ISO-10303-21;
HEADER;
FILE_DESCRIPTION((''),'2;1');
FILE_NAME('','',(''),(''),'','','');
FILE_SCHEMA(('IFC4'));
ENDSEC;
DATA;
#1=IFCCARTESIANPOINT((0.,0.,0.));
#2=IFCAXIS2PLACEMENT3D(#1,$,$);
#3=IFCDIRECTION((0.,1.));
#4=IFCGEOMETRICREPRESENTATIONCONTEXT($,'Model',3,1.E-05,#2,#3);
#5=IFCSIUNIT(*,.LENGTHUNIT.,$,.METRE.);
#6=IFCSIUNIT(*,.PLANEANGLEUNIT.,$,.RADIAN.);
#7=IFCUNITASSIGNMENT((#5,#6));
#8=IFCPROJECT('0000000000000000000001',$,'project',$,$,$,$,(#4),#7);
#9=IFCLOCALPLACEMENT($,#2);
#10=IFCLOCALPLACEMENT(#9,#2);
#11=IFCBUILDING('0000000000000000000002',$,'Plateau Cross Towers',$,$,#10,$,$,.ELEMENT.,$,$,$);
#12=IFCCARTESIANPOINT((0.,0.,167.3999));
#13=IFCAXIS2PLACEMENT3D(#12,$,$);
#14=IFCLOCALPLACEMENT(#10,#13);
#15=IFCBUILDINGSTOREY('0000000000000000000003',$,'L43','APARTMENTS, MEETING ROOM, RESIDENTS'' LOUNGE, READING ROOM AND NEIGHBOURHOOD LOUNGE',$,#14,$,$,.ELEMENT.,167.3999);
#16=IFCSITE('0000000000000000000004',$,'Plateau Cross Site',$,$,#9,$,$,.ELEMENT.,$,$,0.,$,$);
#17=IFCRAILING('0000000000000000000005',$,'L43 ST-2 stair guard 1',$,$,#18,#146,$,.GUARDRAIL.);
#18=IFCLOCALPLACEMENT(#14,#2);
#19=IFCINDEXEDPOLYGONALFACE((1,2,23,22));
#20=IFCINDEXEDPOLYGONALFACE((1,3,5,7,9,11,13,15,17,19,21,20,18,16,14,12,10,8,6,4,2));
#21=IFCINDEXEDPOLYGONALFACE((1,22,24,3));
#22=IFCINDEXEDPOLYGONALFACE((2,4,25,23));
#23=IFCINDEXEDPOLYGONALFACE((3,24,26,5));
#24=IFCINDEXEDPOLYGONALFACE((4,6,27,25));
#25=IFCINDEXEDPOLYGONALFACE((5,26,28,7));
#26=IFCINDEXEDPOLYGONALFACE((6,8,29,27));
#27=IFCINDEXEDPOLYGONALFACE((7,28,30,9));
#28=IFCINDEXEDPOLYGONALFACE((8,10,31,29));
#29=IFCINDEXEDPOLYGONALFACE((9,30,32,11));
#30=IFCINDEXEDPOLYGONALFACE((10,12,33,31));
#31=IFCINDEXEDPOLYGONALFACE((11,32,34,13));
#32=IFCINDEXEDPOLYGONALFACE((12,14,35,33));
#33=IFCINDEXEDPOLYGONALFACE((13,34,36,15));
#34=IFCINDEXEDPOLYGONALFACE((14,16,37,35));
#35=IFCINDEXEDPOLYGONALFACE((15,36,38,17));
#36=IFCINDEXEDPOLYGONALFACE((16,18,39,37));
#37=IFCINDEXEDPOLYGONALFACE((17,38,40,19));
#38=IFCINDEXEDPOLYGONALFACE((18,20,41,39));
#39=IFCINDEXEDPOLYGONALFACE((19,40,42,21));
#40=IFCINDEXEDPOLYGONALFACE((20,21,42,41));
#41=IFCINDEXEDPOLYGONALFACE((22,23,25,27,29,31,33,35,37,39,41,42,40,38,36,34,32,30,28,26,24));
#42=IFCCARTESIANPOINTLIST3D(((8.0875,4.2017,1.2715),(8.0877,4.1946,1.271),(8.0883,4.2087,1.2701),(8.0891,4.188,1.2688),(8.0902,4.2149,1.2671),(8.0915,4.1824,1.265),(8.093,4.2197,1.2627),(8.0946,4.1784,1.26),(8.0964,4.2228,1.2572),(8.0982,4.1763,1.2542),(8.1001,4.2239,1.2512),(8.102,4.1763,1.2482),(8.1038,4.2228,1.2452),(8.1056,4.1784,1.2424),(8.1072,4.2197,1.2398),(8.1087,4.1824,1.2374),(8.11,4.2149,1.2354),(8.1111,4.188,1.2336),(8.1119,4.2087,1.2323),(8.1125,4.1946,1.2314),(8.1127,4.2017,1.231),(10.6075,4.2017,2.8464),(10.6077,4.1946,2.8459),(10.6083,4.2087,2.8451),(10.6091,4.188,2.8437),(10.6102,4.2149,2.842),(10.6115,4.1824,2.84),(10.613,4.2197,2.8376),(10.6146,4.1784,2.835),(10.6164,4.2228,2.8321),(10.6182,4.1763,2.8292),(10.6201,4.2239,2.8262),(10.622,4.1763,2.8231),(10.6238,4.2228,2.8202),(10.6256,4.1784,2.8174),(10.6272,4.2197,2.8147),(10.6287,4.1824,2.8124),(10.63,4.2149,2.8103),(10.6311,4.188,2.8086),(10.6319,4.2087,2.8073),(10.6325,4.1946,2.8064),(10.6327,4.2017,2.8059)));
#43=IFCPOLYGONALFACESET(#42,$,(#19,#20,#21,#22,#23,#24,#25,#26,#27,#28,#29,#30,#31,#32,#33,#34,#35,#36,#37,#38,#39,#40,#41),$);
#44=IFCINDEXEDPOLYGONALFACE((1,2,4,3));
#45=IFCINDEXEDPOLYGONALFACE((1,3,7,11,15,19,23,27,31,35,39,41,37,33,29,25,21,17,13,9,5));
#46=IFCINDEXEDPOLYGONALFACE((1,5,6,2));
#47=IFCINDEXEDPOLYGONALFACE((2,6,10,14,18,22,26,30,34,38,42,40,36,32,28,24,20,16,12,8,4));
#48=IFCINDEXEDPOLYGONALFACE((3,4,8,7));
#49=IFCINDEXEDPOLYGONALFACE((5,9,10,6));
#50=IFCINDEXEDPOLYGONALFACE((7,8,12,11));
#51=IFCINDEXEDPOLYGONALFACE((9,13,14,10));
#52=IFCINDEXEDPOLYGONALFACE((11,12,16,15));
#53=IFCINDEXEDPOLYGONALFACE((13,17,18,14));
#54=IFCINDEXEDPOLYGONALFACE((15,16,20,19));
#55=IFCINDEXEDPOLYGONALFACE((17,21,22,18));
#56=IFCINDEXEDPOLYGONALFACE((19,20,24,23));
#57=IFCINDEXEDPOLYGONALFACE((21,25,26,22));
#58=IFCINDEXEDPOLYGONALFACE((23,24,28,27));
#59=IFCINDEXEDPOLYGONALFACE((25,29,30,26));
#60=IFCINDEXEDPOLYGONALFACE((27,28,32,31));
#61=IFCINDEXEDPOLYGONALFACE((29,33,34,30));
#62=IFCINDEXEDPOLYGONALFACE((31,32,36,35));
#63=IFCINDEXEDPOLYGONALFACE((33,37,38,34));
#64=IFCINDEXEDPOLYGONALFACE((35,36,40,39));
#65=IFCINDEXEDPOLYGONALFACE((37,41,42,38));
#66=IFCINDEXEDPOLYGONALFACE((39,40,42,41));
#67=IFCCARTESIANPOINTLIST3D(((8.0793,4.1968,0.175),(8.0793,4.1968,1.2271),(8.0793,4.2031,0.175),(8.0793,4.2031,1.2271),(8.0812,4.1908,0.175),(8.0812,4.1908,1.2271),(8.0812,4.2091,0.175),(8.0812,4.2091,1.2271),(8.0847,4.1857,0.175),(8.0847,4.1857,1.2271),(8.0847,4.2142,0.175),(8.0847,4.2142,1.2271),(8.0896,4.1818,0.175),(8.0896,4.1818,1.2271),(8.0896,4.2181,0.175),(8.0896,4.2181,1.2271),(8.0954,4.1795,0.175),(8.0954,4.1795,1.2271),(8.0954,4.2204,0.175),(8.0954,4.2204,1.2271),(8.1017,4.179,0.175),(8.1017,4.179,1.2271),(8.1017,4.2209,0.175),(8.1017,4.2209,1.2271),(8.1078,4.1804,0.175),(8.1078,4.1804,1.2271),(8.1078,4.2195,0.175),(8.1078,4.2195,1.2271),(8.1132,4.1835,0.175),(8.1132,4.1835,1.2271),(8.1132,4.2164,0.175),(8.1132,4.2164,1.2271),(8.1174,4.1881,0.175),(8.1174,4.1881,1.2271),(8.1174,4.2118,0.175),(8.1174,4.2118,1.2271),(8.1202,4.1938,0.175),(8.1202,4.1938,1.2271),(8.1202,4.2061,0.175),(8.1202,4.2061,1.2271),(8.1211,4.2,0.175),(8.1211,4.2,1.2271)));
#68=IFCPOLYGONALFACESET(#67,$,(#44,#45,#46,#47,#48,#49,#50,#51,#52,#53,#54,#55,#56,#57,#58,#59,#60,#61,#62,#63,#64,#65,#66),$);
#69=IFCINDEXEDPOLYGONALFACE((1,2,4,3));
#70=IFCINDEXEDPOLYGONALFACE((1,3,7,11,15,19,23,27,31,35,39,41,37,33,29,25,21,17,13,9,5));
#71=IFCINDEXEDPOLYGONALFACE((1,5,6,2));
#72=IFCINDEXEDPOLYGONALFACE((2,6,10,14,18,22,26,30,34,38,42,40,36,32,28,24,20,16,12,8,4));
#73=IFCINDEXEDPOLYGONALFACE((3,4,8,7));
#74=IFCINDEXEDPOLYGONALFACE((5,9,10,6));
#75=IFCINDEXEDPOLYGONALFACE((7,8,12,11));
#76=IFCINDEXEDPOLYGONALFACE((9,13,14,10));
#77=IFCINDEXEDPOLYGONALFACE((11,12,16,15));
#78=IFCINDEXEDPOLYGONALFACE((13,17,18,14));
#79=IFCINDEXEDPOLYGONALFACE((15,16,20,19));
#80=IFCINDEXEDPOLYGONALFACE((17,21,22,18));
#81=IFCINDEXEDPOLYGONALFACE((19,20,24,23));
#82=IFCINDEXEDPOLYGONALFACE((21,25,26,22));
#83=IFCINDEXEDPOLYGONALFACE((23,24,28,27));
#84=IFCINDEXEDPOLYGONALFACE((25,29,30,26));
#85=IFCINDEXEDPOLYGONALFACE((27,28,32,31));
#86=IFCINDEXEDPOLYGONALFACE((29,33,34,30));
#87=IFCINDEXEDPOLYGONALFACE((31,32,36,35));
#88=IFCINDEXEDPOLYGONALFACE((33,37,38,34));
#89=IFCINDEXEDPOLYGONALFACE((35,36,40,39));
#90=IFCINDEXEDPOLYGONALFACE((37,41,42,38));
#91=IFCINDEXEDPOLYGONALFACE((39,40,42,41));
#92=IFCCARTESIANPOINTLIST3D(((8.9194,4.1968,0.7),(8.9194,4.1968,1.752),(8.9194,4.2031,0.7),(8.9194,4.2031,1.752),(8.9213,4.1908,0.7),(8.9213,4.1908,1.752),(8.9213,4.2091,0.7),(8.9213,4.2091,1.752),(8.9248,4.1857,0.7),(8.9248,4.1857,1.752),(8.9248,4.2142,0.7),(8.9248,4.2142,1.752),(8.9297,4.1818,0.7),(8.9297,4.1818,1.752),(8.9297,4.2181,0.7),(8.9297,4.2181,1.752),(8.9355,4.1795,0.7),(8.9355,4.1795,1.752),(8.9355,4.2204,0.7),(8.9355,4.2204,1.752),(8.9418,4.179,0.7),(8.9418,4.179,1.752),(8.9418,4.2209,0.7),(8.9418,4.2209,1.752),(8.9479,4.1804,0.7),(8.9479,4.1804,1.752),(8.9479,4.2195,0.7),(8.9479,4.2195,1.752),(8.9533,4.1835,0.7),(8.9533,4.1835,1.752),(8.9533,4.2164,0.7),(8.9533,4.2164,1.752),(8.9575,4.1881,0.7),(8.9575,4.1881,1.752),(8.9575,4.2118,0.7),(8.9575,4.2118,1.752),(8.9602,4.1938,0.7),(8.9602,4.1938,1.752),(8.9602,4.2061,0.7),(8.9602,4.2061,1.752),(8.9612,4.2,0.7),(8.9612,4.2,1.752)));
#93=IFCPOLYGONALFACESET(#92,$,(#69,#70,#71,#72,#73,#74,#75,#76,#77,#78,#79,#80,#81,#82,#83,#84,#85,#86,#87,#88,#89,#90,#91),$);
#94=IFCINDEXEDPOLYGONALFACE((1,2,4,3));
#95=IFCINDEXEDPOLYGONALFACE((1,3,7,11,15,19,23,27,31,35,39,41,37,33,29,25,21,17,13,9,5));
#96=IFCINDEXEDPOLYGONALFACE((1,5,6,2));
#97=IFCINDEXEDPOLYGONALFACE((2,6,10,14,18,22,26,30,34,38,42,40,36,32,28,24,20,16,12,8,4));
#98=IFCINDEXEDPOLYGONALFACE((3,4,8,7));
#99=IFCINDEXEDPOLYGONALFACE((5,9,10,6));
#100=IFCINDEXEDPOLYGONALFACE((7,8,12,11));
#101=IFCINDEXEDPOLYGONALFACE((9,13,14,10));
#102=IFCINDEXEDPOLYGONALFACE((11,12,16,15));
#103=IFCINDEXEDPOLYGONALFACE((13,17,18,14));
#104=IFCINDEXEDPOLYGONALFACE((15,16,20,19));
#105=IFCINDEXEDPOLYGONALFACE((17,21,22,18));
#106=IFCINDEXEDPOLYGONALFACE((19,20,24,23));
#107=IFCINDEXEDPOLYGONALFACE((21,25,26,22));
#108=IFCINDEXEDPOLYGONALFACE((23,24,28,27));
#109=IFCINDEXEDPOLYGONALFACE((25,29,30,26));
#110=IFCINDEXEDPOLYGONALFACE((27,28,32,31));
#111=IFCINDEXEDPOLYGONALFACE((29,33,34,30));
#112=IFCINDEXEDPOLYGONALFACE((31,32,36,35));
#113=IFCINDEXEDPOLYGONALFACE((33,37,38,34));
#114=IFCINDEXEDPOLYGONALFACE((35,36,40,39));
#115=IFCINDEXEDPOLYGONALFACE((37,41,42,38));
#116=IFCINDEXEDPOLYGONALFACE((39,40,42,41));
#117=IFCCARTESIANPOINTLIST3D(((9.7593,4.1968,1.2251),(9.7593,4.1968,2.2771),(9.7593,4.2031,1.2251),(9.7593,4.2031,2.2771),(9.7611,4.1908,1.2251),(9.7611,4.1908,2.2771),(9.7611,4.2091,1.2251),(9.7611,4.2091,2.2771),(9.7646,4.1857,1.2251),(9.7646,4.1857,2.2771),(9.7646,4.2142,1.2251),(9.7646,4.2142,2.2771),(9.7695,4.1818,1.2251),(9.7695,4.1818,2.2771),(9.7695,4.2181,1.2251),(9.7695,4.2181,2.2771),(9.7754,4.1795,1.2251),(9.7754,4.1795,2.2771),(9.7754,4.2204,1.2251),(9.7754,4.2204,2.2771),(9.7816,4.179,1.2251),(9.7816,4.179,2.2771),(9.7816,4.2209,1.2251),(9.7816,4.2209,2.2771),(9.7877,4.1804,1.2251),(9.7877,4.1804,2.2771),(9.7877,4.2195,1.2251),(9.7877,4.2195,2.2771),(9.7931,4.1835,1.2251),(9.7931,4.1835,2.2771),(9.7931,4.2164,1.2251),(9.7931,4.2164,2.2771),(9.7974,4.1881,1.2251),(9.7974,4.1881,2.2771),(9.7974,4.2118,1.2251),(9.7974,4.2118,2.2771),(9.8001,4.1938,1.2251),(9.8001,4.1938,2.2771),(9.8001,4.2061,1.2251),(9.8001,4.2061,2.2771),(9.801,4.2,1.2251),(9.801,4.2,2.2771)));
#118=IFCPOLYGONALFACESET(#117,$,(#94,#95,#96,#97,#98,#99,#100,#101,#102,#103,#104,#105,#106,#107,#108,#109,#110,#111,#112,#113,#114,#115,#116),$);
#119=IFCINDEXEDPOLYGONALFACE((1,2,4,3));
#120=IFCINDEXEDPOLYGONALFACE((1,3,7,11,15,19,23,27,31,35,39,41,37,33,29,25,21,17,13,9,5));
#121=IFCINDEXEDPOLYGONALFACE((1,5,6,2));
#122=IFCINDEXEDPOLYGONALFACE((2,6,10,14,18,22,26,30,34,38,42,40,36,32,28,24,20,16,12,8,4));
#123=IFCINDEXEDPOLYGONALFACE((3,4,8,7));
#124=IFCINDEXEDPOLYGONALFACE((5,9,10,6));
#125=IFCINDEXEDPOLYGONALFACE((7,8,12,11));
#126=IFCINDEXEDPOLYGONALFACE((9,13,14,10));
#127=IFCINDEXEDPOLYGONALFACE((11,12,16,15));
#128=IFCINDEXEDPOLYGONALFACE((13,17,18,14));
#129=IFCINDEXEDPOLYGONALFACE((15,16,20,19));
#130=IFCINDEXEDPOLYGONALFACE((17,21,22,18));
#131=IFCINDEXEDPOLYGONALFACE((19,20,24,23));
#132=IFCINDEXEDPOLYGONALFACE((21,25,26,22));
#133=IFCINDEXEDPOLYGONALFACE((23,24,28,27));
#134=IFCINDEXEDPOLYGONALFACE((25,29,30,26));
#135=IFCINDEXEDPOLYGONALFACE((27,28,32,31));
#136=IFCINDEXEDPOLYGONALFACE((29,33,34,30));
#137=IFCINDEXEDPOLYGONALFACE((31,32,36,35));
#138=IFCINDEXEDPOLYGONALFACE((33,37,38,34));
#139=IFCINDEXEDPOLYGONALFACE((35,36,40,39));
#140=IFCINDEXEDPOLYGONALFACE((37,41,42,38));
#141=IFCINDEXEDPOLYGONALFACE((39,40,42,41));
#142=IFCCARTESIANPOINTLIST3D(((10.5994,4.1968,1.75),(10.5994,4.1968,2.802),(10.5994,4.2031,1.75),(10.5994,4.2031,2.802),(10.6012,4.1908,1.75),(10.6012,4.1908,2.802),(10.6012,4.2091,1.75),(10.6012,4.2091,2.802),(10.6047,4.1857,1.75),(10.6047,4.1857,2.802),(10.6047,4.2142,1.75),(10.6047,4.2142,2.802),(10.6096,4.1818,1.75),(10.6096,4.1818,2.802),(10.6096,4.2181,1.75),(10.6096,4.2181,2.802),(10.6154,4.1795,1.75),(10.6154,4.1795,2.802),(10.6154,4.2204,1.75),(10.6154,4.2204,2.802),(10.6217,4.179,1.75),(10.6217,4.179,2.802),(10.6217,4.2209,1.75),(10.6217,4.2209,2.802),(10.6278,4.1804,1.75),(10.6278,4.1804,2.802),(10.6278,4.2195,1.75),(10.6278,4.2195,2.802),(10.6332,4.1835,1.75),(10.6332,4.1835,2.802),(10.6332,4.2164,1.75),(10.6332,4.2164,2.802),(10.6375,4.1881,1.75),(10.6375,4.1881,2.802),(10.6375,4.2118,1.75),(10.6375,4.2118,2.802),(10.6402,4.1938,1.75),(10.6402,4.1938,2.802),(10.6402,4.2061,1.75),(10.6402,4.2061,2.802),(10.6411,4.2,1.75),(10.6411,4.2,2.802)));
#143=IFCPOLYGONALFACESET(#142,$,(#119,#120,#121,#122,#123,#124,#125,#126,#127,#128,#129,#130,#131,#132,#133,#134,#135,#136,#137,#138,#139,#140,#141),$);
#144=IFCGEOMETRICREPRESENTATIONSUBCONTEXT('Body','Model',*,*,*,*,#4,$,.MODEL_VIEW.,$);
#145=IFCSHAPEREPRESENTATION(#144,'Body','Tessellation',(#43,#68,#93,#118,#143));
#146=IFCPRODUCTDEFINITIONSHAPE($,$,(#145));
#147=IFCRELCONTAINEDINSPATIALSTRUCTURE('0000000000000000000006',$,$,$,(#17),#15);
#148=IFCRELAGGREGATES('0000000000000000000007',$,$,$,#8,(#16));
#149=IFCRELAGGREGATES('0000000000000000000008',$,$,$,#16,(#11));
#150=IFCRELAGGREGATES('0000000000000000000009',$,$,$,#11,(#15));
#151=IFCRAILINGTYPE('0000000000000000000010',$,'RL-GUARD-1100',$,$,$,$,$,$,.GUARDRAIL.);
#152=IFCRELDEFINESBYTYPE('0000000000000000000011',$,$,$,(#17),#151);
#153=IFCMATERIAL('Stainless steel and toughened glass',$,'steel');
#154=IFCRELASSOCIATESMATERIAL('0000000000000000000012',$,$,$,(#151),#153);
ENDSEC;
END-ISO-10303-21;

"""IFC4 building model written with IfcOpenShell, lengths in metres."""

from ifc_helpers import new_model, si_unit, direction, frame, origin, origin_2d, place, context, subcontext, project, spatial, circle, extrude, material, type_object, element, save


model = new_model("IFC4")

# Units and contexts
model_context = context("Model", 3, precision=1e-05, world=origin(), true_north=direction((0.0, 1.0)))
body_context = subcontext(model_context, "Body", "Model", "MODEL_VIEW")
ifc_project = project(units=[si_unit("LENGTHUNIT", "METRE"), si_unit("PLANEANGLEUNIT", "RADIAN")], contexts=[model_context])

# Site, building, storey
site_placement = place(None, origin())
site = spatial("IfcSite", under=ifc_project, at=site_placement, Name="Plateau Cross Site", CompositionType="ELEMENT", RefElevation=0.0)
building_placement = place(site_placement, origin())
building = spatial("IfcBuilding", under=site, at=building_placement, Name="Plateau Cross Towers", CompositionType="ELEMENT")
storey_placement = place(building_placement, frame((0.0, 0.0, 167.3999)))
storey = spatial("IfcBuildingStorey", under=building, at=storey_placement, Name="L43", Description="APARTMENTS, MEETING ROOM, RESIDENTS' LOUNGE, READING ROOM AND NEIGHBOURHOOD LOUNGE", CompositionType="ELEMENT", Elevation=167.3999)

# Railing
ifc_material_1 = material(Name="Stainless steel and toughened glass", Category="steel")
railing_type_1 = type_object("IfcRailingType", Name="RL-GUARD-1100", PredefinedType="GUARDRAIL", material=ifc_material_1)
railing_1_placement = place(storey_placement, frame((8.1001, 4.2, 0.175)))
element("IfcRailing", 1, at=railing_1_placement, inside=storey, type_object=railing_type_1, Name="L43 ST-2 stair guard 1", PredefinedType="GUARDRAIL", context=body_context, shape_type="SweptSolid", body=[
    extrude(circle(Radius=0.0239, at=origin_2d()), frame((0.0, 0.0, 1.0762), z_axis=(0.848008, 0.0, 0.529984), x_axis=(0.0, 1.0, 0.0)), (0.0, 0.0, 1.0), 2.9717),
    extrude(circle(Radius=0.021, at=origin_2d()), origin(), (0.0, 0.0, 1.0), 1.052),
    extrude(circle(Radius=0.021, at=origin_2d()), frame((0.8401, 0.0, 0.5249)), (0.0, 0.0, 1.0), 1.052),
    extrude(circle(Radius=0.021, at=origin_2d()), frame((1.6799, 0.0, 1.05)), (0.0, 0.0, 1.0), 1.052),
    extrude(circle(Radius=0.021, at=origin_2d()), frame((2.52, 0.0, 1.575)), (0.0, 0.0, 1.0), 1.052),
])

save(model, "model.ifc")
